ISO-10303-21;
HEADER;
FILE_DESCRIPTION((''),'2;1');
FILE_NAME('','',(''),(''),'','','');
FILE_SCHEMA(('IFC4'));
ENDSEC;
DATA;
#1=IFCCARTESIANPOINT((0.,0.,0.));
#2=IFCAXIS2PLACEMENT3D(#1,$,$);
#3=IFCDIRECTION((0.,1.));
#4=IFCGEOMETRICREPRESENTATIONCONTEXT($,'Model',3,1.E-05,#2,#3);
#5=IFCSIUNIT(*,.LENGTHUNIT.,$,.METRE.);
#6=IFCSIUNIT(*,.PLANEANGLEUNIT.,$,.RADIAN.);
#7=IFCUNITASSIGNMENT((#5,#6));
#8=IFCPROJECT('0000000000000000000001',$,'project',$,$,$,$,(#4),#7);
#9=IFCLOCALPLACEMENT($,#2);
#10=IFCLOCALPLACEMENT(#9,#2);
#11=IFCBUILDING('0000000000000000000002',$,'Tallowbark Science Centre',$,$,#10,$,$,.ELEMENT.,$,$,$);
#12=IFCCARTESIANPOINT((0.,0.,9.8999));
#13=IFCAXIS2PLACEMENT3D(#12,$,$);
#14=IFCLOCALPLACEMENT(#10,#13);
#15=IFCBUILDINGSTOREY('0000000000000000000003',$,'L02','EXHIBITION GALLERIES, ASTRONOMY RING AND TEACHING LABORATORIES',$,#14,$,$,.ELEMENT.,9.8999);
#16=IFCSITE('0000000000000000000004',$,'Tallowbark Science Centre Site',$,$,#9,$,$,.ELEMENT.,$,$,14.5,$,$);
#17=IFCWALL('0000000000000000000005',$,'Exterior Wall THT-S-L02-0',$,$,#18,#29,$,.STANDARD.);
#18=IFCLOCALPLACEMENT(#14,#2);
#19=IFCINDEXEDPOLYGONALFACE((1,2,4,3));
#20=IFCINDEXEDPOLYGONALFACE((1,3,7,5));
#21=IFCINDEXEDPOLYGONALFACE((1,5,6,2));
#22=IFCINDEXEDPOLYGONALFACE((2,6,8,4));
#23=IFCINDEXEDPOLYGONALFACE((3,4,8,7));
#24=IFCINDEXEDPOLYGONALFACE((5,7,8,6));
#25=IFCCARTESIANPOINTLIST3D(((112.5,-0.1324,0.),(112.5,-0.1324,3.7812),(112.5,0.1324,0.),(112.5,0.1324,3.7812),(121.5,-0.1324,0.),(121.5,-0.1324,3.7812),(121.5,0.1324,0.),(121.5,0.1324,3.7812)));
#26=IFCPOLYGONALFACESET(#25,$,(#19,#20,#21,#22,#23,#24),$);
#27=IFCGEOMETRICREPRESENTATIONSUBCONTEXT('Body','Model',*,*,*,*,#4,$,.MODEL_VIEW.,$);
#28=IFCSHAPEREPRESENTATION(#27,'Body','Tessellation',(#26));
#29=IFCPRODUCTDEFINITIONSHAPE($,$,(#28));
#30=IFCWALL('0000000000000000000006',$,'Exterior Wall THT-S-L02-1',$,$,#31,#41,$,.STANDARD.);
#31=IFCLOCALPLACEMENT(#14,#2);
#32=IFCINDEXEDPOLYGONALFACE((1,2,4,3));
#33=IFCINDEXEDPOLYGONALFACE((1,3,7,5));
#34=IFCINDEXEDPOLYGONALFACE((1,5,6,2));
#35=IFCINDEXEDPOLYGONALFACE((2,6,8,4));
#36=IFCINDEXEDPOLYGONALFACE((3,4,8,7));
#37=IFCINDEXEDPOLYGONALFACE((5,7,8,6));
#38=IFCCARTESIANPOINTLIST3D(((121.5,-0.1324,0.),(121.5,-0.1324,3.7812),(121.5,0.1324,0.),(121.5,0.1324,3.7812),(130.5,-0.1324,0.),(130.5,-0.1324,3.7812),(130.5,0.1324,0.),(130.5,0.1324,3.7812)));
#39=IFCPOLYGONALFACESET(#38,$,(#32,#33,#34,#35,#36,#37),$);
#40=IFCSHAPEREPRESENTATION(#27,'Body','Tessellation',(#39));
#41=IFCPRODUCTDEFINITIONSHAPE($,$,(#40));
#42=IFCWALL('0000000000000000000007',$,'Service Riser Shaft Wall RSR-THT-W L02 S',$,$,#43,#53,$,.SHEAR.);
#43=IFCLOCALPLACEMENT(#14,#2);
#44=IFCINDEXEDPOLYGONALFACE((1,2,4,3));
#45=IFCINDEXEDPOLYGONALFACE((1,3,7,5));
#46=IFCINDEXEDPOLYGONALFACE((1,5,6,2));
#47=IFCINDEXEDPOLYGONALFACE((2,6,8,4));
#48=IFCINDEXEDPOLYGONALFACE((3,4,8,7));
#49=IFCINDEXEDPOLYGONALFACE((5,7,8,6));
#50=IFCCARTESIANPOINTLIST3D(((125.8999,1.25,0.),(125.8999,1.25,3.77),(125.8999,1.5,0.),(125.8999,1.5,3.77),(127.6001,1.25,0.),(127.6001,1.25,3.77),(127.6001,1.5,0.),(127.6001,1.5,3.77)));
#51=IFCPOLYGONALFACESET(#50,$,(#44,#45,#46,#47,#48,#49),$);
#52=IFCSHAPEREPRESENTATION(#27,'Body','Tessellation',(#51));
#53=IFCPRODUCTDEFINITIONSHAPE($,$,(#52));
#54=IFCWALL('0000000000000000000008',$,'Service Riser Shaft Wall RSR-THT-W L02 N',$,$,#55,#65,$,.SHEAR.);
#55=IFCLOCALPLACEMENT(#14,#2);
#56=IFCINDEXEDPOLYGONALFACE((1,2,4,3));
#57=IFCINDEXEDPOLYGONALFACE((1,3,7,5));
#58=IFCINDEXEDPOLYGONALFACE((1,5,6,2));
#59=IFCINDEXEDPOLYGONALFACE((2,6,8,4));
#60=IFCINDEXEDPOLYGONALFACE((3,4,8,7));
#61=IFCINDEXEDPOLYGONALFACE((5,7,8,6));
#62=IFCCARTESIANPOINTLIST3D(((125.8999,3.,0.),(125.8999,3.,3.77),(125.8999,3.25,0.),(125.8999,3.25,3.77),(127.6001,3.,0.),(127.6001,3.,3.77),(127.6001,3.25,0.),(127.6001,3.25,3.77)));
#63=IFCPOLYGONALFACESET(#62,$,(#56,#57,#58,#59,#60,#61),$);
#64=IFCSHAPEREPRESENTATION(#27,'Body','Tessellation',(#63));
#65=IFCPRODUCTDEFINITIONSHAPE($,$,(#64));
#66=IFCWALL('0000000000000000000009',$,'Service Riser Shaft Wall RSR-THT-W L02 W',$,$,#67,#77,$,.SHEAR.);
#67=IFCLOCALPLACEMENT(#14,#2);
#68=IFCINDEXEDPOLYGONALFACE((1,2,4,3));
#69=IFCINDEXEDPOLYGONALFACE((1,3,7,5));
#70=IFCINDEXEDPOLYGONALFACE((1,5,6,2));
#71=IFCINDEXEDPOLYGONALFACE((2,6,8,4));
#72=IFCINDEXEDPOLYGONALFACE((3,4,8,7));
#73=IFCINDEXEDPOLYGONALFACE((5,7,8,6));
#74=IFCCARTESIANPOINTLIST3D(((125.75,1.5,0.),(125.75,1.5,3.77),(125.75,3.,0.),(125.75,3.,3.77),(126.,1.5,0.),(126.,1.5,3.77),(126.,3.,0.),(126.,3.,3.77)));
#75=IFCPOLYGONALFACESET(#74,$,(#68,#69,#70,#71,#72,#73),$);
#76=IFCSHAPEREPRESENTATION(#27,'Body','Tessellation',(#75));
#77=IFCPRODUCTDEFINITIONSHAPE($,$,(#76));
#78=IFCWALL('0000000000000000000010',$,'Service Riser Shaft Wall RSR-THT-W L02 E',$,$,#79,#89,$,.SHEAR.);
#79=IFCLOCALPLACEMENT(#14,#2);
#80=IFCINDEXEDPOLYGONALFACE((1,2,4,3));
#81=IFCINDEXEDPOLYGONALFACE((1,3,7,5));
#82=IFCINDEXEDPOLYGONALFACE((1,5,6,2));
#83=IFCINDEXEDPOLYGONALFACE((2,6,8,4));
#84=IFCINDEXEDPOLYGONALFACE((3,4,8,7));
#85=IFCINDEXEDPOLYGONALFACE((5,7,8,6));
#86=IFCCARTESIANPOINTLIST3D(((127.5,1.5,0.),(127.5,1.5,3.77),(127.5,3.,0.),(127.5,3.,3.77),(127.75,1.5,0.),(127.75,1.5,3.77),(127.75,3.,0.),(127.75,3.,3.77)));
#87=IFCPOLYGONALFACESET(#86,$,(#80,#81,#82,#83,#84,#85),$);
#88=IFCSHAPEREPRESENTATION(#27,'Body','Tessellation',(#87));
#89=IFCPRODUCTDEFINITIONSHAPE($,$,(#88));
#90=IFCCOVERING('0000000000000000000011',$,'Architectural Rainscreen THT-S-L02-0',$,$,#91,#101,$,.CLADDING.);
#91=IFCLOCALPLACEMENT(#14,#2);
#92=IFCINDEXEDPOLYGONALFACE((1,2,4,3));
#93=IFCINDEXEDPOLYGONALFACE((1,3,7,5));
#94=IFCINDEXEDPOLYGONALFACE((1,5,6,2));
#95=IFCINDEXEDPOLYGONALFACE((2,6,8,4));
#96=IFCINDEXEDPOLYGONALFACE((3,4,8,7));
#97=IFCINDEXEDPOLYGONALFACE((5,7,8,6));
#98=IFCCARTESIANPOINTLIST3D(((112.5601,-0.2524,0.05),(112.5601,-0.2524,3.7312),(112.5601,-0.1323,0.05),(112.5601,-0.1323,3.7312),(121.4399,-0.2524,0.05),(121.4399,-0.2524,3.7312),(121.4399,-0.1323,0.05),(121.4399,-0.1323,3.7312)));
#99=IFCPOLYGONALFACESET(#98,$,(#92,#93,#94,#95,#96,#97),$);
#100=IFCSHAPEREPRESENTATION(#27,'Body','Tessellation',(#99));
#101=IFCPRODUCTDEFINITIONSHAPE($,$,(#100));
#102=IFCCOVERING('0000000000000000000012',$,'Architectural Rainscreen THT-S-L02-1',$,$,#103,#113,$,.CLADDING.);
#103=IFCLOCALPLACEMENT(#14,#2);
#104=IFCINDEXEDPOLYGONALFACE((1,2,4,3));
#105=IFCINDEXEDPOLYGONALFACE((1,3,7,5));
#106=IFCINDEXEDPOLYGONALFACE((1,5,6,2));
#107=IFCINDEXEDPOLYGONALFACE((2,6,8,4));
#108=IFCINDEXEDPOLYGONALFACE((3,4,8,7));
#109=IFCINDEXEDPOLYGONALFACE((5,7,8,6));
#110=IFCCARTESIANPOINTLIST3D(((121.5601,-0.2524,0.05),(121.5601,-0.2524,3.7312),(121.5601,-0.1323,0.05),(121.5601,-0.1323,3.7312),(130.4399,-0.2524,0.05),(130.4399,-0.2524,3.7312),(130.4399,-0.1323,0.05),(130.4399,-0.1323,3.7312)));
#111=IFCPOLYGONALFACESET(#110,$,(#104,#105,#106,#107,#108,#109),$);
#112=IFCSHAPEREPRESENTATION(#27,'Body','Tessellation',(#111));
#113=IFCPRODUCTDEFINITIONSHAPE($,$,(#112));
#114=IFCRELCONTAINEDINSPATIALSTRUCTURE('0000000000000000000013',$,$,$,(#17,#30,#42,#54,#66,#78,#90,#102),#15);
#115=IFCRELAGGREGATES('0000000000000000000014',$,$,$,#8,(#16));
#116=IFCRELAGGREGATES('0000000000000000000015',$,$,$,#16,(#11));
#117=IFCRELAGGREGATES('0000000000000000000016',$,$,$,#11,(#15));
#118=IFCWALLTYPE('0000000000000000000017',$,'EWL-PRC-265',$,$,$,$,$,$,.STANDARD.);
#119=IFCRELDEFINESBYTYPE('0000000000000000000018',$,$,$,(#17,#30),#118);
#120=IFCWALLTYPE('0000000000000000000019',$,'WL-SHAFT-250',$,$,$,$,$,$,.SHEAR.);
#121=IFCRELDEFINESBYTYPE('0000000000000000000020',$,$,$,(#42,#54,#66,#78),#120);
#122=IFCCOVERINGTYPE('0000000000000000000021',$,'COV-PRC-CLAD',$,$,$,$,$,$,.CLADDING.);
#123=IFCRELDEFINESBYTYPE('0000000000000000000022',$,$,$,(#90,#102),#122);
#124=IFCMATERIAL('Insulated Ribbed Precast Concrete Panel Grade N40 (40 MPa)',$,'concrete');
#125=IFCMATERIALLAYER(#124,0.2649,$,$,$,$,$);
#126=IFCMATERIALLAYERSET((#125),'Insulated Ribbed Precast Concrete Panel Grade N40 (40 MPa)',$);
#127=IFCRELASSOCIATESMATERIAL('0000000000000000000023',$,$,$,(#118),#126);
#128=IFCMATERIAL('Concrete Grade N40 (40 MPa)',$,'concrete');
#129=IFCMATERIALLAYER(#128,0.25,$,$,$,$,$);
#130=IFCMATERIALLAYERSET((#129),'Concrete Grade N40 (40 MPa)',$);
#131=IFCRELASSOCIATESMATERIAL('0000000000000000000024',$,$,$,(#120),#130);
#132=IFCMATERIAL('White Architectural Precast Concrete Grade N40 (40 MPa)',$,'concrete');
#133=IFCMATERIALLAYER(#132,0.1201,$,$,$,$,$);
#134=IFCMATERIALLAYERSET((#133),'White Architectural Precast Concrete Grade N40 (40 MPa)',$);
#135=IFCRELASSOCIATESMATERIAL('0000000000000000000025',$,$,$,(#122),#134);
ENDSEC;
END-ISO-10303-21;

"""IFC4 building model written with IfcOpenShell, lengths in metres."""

from ifc_helpers import new_model, si_unit, direction, frame, frame_2d, origin, origin_2d, place, context, subcontext, project, spatial, rectangle, extrude, material, layer, layer_set, type_object, element, save


model = new_model("IFC4")

# Units and contexts
model_context = context("Model", 3, precision=1e-05, world=origin(), true_north=direction((0.0, 1.0)))
body_context = subcontext(model_context, "Body", "Model", "MODEL_VIEW")
ifc_project = project(units=[si_unit("LENGTHUNIT", "METRE"), si_unit("PLANEANGLEUNIT", "RADIAN")], contexts=[model_context])

# Site, building, storey
site_placement = place(None, origin())
site = spatial("IfcSite", under=ifc_project, at=site_placement, Name="Tallowbark Science Centre Site", CompositionType="ELEMENT", RefElevation=14.5)
building_placement = place(site_placement, origin())
building = spatial("IfcBuilding", under=site, at=building_placement, Name="Tallowbark Science Centre", CompositionType="ELEMENT")
storey_placement = place(building_placement, frame((0.0, 0.0, 9.8999)))
storey = spatial("IfcBuildingStorey", under=building, at=storey_placement, Name="L02", Description="EXHIBITION GALLERIES, ASTRONOMY RING AND TEACHING LABORATORIES", CompositionType="ELEMENT", Elevation=9.8999)

# Walls
ifc_material_1 = material(Name="Insulated Ribbed Precast Concrete Panel Grade N40 (40 MPa)", Category="concrete")
ifc_layer_1 = layer(ifc_material_1, 0.2649)
ifc_layer_set_1 = layer_set([ifc_layer_1], Name="Insulated Ribbed Precast Concrete Panel Grade N40 (40 MPa)")
wall_type_1 = type_object("IfcWallType", Name="EWL-PRC-265", PredefinedType="STANDARD", material=ifc_layer_set_1)
for number, where, z_axis, x_axis, name in (
    (1, (112.5, 0.0, 0.0), (0.0, 0.0, 1.0), (1.0, 0.0, 0.0), "Exterior Wall THT-S-L02-0"),
    (2, (121.5, 0.0, 0.0), (0.0, 0.0, 1.0), (1.0, 0.0, 0.0), "Exterior Wall THT-S-L02-1"),
):
    element("IfcWall", number, at=place(storey_placement, frame(where, z_axis=z_axis, x_axis=x_axis)), inside=storey, type_object=wall_type_1, Name=name, PredefinedType="STANDARD", context=body_context, shape_type="SweptSolid", body=[
        extrude(rectangle(XDim=9.0, YDim=0.2649, at=frame_2d((4.5, 0.0))), origin(), (0.0, 0.0, 1.0), 3.7812),
    ])
ifc_material_2 = material(Name="Concrete Grade N40 (40 MPa)", Category="concrete")
ifc_layer_2 = layer(ifc_material_2, 0.25)
ifc_layer_set_2 = layer_set([ifc_layer_2], Name="Concrete Grade N40 (40 MPa)")
wall_type_2 = type_object("IfcWallType", Name="WL-SHAFT-250", PredefinedType="SHEAR", material=ifc_layer_set_2)
for number, where, z_axis, x_axis, name in (
    (3, (125.8999, 1.375, 0.0), (0.0, 0.0, 1.0), (1.0, 0.0, 0.0), "Service Riser Shaft Wall RSR-THT-W L02 S"),
    (4, (125.8999, 3.125, 0.0), (0.0, 0.0, 1.0), (1.0, 0.0, 0.0), "Service Riser Shaft Wall RSR-THT-W L02 N"),
):
    element("IfcWall", number, at=place(storey_placement, frame(where, z_axis=z_axis, x_axis=x_axis)), inside=storey, type_object=wall_type_2, Name=name, PredefinedType="SHEAR", context=body_context, shape_type="SweptSolid", body=[
        extrude(rectangle(XDim=1.7002, YDim=0.25, at=frame_2d((0.8501, 0.0))), origin(), (0.0, 0.0, 1.0), 3.77),
    ])
for number, where, z_axis, x_axis, name in (
    (5, (125.875, 1.5, 0.0), (0.0, 0.0, 1.0), (0.0, 1.0, 0.0), "Service Riser Shaft Wall RSR-THT-W L02 W"),
    (6, (127.625, 1.5, 0.0), (0.0, 0.0, 1.0), (0.0, 1.0, 0.0), "Service Riser Shaft Wall RSR-THT-W L02 E"),
):
    element("IfcWall", number, at=place(storey_placement, frame(where, z_axis=z_axis, x_axis=x_axis)), inside=storey, type_object=wall_type_2, Name=name, PredefinedType="SHEAR", context=body_context, shape_type="SweptSolid", body=[
        extrude(rectangle(XDim=1.5, YDim=0.25, at=frame_2d((0.75, 0.0))), origin(), (0.0, 0.0, 1.0), 3.77),
    ])

# Coverings
ifc_material_3 = material(Name="White Architectural Precast Concrete Grade N40 (40 MPa)", Category="concrete")
ifc_layer_3 = layer(ifc_material_3, 0.1201)
ifc_layer_set_3 = layer_set([ifc_layer_3], Name="White Architectural Precast Concrete Grade N40 (40 MPa)")
covering_type = type_object("IfcCoveringType", Name="COV-PRC-CLAD", PredefinedType="CLADDING", material=ifc_layer_set_3)
for number, where, z_axis, x_axis, name in (
    (7, (117.0, -0.1924, 0.05), (0.0, 0.0, 1.0), (1.0, 0.0, 0.0), "Architectural Rainscreen THT-S-L02-0"),
    (8, (126.0, -0.1924, 0.05), (0.0, 0.0, 1.0), (1.0, 0.0, 0.0), "Architectural Rainscreen THT-S-L02-1"),
):
    element("IfcCovering", number, at=place(storey_placement, frame(where, z_axis=z_axis, x_axis=x_axis)), inside=storey, type_object=covering_type, Name=name, PredefinedType="CLADDING", context=body_context, shape_type="SweptSolid", body=[
        extrude(rectangle(XDim=8.8799, YDim=0.1201, at=origin_2d()), origin(), (0.0, 0.0, 1.0), 3.6812),
    ])

save(model, "model.ifc")
